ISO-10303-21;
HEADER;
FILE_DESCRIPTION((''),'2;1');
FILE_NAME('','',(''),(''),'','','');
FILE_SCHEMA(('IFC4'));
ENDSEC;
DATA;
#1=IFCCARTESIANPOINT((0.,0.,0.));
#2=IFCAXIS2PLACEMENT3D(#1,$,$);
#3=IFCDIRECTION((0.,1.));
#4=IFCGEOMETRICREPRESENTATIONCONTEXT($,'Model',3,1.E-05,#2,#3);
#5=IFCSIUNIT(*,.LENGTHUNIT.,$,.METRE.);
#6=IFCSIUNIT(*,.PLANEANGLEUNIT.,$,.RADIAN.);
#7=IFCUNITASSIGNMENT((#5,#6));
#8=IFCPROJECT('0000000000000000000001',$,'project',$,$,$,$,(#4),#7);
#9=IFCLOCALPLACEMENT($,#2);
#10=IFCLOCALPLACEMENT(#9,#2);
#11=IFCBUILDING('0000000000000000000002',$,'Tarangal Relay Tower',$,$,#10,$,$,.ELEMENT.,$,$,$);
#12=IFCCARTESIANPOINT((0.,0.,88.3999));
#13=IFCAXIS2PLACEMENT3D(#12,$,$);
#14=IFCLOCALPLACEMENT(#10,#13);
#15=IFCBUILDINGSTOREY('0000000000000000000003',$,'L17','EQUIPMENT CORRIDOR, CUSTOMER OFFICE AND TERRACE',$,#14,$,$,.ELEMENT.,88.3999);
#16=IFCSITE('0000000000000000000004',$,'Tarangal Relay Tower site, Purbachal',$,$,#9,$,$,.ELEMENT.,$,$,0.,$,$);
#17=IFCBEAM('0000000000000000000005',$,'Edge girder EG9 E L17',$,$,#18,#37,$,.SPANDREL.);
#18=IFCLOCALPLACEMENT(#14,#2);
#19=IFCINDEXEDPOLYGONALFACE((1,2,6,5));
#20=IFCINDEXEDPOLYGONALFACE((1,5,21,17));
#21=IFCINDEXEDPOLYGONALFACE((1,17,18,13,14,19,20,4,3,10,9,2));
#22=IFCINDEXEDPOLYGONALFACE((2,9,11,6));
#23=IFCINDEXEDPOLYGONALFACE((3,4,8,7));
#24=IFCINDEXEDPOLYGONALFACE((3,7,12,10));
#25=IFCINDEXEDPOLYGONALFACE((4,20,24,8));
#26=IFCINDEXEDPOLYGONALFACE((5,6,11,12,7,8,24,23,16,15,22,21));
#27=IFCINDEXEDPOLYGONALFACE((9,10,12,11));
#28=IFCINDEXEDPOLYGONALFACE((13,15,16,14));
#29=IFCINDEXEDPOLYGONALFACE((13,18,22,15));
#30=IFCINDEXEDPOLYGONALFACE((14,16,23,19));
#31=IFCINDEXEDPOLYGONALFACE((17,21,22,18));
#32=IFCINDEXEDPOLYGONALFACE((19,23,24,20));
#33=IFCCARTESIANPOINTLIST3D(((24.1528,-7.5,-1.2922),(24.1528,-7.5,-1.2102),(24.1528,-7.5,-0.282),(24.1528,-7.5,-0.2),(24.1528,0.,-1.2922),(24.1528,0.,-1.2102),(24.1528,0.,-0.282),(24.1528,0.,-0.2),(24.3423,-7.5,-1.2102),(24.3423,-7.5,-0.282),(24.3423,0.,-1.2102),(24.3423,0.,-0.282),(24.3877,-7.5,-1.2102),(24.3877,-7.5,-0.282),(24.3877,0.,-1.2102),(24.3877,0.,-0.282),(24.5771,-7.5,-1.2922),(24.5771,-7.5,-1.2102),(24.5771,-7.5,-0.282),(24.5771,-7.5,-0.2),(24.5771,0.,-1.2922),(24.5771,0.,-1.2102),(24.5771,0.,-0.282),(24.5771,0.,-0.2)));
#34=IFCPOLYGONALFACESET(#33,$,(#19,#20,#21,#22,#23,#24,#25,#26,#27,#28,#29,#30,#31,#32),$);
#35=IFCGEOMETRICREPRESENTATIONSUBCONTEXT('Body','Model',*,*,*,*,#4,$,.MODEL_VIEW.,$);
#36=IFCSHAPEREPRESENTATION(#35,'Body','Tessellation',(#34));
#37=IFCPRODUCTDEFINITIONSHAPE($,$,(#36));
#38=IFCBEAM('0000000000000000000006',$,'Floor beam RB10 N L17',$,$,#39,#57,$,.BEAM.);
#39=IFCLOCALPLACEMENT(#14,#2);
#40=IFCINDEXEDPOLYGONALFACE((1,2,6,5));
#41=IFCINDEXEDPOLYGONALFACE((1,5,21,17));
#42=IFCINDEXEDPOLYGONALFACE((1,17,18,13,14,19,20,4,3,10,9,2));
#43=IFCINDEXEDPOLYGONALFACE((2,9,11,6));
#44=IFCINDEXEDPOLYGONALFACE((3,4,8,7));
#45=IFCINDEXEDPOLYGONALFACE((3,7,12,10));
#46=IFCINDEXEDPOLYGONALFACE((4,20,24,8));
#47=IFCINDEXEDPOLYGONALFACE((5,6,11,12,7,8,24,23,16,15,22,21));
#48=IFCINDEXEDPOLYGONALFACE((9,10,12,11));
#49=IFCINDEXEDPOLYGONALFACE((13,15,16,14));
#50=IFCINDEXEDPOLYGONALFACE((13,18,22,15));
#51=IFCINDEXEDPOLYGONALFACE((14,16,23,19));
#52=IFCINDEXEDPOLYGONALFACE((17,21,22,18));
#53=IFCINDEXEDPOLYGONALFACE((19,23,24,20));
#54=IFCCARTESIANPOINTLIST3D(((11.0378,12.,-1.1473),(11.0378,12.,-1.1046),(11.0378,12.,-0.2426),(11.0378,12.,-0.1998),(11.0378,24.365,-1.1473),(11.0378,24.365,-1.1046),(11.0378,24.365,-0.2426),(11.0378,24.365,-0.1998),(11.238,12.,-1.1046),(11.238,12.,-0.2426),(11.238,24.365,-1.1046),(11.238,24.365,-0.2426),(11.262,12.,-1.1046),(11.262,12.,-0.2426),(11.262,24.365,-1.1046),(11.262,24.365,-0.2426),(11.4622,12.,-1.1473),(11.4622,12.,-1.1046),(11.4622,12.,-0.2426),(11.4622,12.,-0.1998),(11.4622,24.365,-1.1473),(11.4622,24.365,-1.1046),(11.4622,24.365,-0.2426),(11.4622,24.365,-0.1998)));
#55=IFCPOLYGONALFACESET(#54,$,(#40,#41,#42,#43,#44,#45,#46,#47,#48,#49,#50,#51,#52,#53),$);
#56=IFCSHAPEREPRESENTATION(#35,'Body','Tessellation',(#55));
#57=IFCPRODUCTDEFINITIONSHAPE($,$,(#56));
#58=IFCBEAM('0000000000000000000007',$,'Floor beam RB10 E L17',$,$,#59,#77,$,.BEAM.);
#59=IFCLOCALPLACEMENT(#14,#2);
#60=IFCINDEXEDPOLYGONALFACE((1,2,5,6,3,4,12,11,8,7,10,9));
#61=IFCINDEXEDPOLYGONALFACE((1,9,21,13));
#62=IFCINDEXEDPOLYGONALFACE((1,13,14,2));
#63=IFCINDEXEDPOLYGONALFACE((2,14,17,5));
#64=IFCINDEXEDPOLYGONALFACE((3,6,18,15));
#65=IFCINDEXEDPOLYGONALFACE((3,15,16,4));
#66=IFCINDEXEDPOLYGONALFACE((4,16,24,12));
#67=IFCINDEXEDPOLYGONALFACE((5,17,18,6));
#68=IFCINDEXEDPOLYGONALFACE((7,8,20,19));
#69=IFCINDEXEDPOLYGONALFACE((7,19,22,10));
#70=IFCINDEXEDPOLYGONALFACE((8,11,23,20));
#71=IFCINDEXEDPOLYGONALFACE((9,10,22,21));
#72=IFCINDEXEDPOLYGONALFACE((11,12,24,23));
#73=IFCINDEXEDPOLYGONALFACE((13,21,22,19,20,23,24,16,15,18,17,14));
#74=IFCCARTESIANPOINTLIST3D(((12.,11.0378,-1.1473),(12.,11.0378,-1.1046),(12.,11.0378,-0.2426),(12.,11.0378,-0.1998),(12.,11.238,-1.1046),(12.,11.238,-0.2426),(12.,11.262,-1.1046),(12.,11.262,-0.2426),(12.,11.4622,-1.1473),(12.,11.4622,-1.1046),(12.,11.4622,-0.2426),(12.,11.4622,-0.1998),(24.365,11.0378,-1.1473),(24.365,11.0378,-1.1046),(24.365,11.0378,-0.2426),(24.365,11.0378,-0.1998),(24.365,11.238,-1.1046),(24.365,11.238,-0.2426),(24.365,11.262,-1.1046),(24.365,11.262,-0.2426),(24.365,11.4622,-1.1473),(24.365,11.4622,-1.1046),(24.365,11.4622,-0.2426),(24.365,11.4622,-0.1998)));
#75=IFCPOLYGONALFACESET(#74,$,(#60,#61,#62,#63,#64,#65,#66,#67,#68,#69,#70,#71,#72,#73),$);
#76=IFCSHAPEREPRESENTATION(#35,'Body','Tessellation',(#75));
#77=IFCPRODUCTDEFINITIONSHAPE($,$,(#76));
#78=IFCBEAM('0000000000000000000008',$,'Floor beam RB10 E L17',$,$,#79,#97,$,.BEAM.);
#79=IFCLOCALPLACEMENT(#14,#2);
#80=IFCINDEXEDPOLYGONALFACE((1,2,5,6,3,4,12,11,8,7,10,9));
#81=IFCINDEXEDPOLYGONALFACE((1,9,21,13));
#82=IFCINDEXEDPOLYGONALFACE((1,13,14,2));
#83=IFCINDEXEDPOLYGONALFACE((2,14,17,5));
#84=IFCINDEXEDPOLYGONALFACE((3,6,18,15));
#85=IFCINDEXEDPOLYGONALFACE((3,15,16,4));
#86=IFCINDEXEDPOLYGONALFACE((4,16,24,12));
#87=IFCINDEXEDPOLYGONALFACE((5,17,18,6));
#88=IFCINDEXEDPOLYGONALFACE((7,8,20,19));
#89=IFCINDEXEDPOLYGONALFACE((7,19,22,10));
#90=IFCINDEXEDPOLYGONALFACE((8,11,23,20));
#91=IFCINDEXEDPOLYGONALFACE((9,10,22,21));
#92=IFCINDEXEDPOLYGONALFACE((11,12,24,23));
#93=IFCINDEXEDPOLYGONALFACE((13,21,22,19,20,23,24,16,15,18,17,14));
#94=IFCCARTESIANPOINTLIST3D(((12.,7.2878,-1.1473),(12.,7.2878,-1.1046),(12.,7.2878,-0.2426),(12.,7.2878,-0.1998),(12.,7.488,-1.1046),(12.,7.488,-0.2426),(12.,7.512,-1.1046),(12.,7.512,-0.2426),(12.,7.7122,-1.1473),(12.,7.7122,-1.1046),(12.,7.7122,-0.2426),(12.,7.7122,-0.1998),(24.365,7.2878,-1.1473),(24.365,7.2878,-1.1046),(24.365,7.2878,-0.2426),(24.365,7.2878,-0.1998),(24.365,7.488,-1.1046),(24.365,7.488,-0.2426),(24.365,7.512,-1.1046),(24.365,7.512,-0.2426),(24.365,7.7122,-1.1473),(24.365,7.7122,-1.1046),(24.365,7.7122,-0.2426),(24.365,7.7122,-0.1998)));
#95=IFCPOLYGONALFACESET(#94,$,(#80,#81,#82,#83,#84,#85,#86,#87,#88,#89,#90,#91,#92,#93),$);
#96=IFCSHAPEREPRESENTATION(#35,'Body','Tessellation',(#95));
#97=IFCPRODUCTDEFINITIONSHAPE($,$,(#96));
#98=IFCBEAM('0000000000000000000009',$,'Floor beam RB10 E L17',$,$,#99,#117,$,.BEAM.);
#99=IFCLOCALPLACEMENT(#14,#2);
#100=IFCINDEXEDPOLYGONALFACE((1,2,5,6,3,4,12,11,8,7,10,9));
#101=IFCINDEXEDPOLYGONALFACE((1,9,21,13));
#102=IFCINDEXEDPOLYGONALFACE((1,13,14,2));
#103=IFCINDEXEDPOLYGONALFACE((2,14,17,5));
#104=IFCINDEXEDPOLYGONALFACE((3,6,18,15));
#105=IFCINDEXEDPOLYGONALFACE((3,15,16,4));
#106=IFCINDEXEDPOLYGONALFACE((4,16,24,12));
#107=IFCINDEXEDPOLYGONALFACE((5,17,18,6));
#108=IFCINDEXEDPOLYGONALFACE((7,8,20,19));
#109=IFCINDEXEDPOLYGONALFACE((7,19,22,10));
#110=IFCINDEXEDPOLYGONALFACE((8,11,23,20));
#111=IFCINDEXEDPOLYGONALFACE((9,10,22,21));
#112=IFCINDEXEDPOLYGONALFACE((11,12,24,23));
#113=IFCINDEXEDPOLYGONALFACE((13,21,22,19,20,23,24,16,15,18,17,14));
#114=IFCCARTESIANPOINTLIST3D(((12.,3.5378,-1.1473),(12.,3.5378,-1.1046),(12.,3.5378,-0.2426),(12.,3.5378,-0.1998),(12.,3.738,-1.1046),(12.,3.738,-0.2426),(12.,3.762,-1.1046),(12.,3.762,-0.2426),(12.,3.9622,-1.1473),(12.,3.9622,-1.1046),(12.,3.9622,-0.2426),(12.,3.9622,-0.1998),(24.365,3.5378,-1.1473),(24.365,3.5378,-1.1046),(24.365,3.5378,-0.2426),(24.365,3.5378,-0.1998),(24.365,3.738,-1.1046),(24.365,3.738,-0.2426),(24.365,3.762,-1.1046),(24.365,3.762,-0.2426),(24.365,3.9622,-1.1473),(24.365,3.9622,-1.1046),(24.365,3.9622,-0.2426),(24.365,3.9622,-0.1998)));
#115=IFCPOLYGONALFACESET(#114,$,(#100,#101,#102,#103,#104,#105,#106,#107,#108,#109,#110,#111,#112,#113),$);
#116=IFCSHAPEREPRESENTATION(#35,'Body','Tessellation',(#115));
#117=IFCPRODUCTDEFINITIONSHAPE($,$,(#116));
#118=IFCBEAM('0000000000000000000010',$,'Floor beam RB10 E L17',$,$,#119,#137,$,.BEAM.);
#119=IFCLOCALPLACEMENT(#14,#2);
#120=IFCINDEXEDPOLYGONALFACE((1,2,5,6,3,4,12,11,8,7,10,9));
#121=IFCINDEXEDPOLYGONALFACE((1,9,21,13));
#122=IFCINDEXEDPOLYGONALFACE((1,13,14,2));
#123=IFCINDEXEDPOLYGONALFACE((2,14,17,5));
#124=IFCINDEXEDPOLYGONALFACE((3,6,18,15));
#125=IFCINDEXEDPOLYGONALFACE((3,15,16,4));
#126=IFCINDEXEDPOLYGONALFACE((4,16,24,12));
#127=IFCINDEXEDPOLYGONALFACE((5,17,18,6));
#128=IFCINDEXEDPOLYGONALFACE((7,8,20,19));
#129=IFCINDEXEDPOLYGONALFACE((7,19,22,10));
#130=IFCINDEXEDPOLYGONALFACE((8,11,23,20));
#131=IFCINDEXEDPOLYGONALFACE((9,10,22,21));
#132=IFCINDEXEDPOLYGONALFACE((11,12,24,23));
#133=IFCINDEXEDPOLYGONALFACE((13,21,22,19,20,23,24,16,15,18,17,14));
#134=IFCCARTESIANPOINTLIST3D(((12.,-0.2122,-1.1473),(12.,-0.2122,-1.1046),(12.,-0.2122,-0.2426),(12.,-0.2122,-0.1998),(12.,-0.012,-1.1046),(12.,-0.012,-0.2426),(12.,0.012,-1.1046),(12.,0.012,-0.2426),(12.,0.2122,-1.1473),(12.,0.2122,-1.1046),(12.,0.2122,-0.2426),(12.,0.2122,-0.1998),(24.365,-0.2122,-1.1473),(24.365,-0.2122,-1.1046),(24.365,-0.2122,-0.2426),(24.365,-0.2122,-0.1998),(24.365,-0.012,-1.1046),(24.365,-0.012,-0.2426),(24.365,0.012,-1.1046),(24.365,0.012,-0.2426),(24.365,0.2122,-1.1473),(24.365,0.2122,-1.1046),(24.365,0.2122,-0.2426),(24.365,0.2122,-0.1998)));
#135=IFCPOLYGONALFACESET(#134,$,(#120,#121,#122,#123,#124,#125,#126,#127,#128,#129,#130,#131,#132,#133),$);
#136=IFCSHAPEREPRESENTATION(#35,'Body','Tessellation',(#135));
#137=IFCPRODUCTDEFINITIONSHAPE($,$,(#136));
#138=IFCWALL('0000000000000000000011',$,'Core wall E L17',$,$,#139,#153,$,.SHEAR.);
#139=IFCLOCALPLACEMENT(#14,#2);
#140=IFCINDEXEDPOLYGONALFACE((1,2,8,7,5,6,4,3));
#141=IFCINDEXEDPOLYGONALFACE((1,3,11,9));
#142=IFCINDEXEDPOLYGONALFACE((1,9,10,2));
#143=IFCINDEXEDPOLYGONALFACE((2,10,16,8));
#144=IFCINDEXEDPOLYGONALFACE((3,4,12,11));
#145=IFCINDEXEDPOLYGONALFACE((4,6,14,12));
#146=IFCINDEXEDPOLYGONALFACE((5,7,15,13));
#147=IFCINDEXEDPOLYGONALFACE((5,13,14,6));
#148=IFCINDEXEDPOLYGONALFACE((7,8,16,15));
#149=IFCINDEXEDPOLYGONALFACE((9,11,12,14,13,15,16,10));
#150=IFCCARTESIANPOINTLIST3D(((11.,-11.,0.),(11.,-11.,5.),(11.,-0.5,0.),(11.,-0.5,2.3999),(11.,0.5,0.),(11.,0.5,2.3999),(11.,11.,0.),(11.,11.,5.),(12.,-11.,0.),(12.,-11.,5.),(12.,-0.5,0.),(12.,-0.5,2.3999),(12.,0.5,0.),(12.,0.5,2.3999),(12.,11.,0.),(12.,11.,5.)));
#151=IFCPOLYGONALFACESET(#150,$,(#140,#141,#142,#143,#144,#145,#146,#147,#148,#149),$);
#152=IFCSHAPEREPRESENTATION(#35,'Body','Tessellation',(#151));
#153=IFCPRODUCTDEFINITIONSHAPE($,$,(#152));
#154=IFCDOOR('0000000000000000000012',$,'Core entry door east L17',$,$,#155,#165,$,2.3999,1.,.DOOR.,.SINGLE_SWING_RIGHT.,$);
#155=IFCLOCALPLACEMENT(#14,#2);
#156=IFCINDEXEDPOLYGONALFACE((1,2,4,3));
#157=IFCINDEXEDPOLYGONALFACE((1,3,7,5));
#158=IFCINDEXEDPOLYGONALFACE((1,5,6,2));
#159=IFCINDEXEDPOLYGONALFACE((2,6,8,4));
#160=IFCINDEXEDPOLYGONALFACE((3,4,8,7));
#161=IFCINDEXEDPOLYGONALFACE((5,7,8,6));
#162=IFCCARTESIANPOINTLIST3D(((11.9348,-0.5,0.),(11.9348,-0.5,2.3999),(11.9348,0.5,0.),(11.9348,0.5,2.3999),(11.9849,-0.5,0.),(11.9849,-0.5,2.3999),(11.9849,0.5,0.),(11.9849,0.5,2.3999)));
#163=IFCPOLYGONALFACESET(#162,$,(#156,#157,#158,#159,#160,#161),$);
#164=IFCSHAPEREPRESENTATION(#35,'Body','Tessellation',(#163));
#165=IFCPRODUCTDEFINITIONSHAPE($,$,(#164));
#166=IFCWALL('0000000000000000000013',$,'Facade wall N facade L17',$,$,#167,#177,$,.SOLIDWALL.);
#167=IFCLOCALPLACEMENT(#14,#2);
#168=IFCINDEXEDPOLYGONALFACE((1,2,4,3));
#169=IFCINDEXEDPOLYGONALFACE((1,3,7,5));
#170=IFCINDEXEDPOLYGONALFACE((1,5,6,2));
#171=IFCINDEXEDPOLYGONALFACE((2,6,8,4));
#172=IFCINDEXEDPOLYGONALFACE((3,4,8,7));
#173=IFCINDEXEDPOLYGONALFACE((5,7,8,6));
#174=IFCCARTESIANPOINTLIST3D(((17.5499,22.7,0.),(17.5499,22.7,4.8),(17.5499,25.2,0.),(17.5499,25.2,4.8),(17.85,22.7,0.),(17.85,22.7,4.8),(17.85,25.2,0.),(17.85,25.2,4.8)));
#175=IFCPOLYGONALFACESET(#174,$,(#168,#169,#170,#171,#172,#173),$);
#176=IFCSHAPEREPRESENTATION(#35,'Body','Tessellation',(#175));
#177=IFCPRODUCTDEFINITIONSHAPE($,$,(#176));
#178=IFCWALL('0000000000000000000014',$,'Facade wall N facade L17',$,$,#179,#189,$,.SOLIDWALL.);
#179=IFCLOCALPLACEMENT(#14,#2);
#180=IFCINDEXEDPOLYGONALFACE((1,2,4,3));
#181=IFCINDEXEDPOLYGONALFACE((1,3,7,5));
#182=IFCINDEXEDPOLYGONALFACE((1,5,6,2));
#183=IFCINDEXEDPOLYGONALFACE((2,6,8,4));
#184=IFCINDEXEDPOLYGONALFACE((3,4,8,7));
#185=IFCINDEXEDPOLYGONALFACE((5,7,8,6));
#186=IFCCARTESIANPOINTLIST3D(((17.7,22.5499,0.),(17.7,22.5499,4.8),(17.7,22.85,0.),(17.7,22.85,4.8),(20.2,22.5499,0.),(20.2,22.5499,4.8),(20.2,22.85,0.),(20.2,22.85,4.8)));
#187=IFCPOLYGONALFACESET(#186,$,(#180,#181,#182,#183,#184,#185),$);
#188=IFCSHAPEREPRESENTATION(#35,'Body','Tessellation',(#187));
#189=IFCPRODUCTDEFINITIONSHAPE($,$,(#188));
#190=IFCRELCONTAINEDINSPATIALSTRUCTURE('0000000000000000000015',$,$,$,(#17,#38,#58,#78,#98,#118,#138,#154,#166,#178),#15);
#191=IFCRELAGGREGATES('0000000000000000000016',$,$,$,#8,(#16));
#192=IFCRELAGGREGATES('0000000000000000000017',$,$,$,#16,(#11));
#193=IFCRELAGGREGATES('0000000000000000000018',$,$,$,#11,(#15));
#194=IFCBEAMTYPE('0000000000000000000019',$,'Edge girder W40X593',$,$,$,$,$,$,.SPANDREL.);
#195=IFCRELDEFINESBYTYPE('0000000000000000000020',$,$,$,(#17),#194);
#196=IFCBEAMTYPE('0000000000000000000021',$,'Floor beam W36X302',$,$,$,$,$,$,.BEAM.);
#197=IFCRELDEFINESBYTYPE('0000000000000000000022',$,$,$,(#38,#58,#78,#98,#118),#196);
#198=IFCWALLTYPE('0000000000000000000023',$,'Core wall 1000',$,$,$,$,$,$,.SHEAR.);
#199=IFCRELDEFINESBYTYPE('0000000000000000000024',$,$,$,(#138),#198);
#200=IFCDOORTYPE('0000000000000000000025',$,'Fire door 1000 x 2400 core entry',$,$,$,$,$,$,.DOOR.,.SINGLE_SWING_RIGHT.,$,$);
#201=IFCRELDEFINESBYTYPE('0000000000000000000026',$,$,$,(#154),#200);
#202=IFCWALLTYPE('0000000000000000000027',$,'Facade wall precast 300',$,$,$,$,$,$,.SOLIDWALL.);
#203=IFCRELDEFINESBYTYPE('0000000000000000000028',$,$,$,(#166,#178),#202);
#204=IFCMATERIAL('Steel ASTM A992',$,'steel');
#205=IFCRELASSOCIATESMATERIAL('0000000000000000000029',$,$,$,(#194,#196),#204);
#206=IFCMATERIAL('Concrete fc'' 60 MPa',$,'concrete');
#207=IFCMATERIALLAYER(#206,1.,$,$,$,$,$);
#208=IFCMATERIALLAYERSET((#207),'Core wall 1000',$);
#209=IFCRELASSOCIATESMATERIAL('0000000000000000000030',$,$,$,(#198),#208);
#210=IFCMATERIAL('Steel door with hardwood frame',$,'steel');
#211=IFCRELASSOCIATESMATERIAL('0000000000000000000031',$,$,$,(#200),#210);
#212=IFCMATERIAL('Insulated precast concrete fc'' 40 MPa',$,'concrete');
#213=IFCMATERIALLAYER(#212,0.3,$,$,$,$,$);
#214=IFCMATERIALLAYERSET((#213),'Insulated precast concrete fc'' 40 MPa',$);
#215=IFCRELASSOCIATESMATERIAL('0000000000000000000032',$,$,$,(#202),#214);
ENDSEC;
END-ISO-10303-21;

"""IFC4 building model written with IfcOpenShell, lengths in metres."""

from ifc_helpers import new_model, si_unit, direction, frame, frame_2d, origin, origin_2d, place, context, subcontext, project, spatial, rectangle, i_section, extrude, material, layer, layer_set, material_profile, profile_set, type_object, element, fill, save


model = new_model("IFC4")

# Units and contexts
model_context = context("Model", 3, precision=1e-05, world=origin(), true_north=direction((0.0, 1.0)))
body_context = subcontext(model_context, "Body", "Model", "MODEL_VIEW")
ifc_project = project(units=[si_unit("LENGTHUNIT", "METRE"), si_unit("PLANEANGLEUNIT", "RADIAN")], contexts=[model_context])

# Site, building, storey
site_placement = place(None, origin())
site = spatial("IfcSite", under=ifc_project, at=site_placement, Name="Tarangal Relay Tower site, Purbachal", CompositionType="ELEMENT", RefElevation=0.0)
building_placement = place(site_placement, origin())
building = spatial("IfcBuilding", under=site, at=building_placement, Name="Tarangal Relay Tower", CompositionType="ELEMENT")
storey_placement = place(building_placement, frame((0.0, 0.0, 88.3999)))
storey = spatial("IfcBuildingStorey", under=building, at=storey_placement, Name="L17", Description="EQUIPMENT CORRIDOR, CUSTOMER OFFICE AND TERRACE", CompositionType="ELEMENT", Elevation=88.3999)

# Beams
ifc_material_1 = material(Name="Steel ASTM A992", Category="steel")
ifc_material_profile_1 = material_profile(ifc_material_1, i_section(OverallWidth=0.4243, OverallDepth=1.0923, WebThickness=0.0454, FlangeThickness=0.082, at=origin_2d()), Name="W40X593")
ifc_profile_set_1 = profile_set([ifc_material_profile_1], Name="Steel ASTM A992")
beam_type_1 = type_object("IfcBeamType", Name="Edge girder W40X593", PredefinedType="SPANDREL", material=ifc_profile_set_1)
for number, where, z_axis, x_axis, name in (
    (1, (24.365, 0.0, -0.7461), (0.0, -1.0, 0.0), (1.0, 0.0, 0.0), "Edge girder EG9 E L17"),
):
    element("IfcBeam", number, at=place(storey_placement, frame(where, z_axis=z_axis, x_axis=x_axis)), inside=storey, type_object=beam_type_1, Name=name, PredefinedType="SPANDREL", context=body_context, shape_type="SweptSolid", body=[
        extrude(i_section(OverallWidth=0.4243, OverallDepth=1.0923, WebThickness=0.0454, FlangeThickness=0.082, at=origin_2d()), origin(), (0.0, 0.0, 1.0), 7.5),
    ])
ifc_material_profile_2 = material_profile(ifc_material_1, i_section(OverallWidth=0.4243, OverallDepth=0.9475, WebThickness=0.0239, FlangeThickness=0.0427, at=origin_2d()), Name="W36X302")
ifc_profile_set_2 = profile_set([ifc_material_profile_2], Name="Steel ASTM A992")
beam_type_2 = type_object("IfcBeamType", Name="Floor beam W36X302", PredefinedType="BEAM", material=ifc_profile_set_2)
for number, where, z_axis, x_axis, name in (
    (2, (11.25, 12.0, -0.6736), (0.0, 1.0, 0.0), (-1.0, 0.0, 0.0), "Floor beam RB10 N L17"),
    (3, (12.0, 11.25, -0.6736), (1.0, 0.0, 0.0), (0.0, 1.0, 0.0), "Floor beam RB10 E L17"),
    (4, (12.0, 7.5, -0.6736), (1.0, 0.0, 0.0), (0.0, 1.0, 0.0), "Floor beam RB10 E L17"),
    (5, (12.0, 3.75, -0.6736), (1.0, 0.0, 0.0), (0.0, 1.0, 0.0), "Floor beam RB10 E L17"),
    (6, (12.0, 0.0, -0.6736), (1.0, 0.0, 0.0), (0.0, 1.0, 0.0), "Floor beam RB10 E L17"),
):
    element("IfcBeam", number, at=place(storey_placement, frame(where, z_axis=z_axis, x_axis=x_axis)), inside=storey, type_object=beam_type_2, Name=name, PredefinedType="BEAM", context=body_context, shape_type="SweptSolid", body=[
        extrude(i_section(OverallWidth=0.4243, OverallDepth=0.9475, WebThickness=0.0239, FlangeThickness=0.0427, at=origin_2d()), origin(), (0.0, 0.0, 1.0), 12.365),
    ])

# Wall, opening, door
ifc_material_2 = material(Name="Concrete fc' 60 MPa", Category="concrete")
ifc_layer_1 = layer(ifc_material_2, 1.0)
ifc_layer_set_1 = layer_set([ifc_layer_1], Name="Core wall 1000")
wall_type_1 = type_object("IfcWallType", Name="Core wall 1000", PredefinedType="SHEAR", material=ifc_layer_set_1)
wall_1_placement = place(storey_placement, frame((11.5, 11.0, 0.0), z_axis=(0.0, 0.0, 1.0), x_axis=(0.0, -1.0, 0.0)))
wall_1 = element("IfcWall", 7, at=wall_1_placement, inside=storey, type_object=wall_type_1, Name="Core wall E L17", PredefinedType="SHEAR", context=body_context, shape_type="SweptSolid", body=[
    extrude(rectangle(XDim=22.0, YDim=1.0, at=frame_2d((11.0, 0.0))), origin(), (0.0, 0.0, 1.0), 5.0),
])
opening_1_placement = place(wall_1_placement, frame((10.5, 0.0, 0.0)))
opening_1 = element("IfcOpeningElement", 8, at=opening_1_placement, cuts=wall_1, PredefinedType="OPENING", context=body_context, shape_type="SweptSolid", body=[
    extrude(rectangle(XDim=1.0, YDim=2.3999, at=frame_2d((0.5, 1.2))), frame((0.0, 0.51, 0.0), z_axis=(0.0, -1.0, 0.0), x_axis=(1.0, 0.0, 0.0)), (0.0, 0.0, 1.0), 1.02),
])
ifc_material_3 = material(Name="Steel door with hardwood frame", Category="steel")
door_type_1 = type_object("IfcDoorType", Name="Fire door 1000 x 2400 core entry", OperationType="SINGLE_SWING_RIGHT", PredefinedType="DOOR", material=ifc_material_3)
door_1_placement = place(opening_1_placement, origin())
door_1 = element("IfcDoor", 9, at=door_1_placement, inside=storey, type_object=door_type_1, Name="Core entry door east L17", OperationType="SINGLE_SWING_RIGHT", OverallHeight=2.3999, OverallWidth=1.0, PredefinedType="DOOR", context=body_context, shape_type="SweptSolid", body=[
    extrude(rectangle(XDim=1.0, YDim=2.3999, at=frame_2d((0.5, 1.2))), frame((0.0, 0.4849, 0.0), z_axis=(0.0, -1.0, 0.0), x_axis=(1.0, 0.0, 0.0)), (0.0, 0.0, 1.0), 0.05),
])
fill(opening_1, door_1)

# Walls
ifc_material_4 = material(Name="Insulated precast concrete fc' 40 MPa", Category="concrete")
ifc_layer_2 = layer(ifc_material_4, 0.3)
ifc_layer_set_2 = layer_set([ifc_layer_2], Name="Insulated precast concrete fc' 40 MPa")
wall_type_2 = type_object("IfcWallType", Name="Facade wall precast 300", PredefinedType="SOLIDWALL", material=ifc_layer_set_2)
for number, where, z_axis, x_axis, name in (
    (10, (17.7, 25.2, 0.0), (0.0, 0.0, 1.0), (0.0, -1.0, 0.0), "Facade wall N facade L17"),
    (11, (17.7, 22.7, 0.0), (0.0, 0.0, 1.0), (1.0, 0.0, 0.0), "Facade wall N facade L17"),
):
    element("IfcWall", number, at=place(storey_placement, frame(where, z_axis=z_axis, x_axis=x_axis)), inside=storey, type_object=wall_type_2, Name=name, PredefinedType="SOLIDWALL", context=body_context, shape_type="SweptSolid", body=[
        extrude(rectangle(XDim=2.5, YDim=0.3, at=frame_2d((1.25, 0.0))), origin(), (0.0, 0.0, 1.0), 4.8),
    ])

save(model, "model.ifc")
